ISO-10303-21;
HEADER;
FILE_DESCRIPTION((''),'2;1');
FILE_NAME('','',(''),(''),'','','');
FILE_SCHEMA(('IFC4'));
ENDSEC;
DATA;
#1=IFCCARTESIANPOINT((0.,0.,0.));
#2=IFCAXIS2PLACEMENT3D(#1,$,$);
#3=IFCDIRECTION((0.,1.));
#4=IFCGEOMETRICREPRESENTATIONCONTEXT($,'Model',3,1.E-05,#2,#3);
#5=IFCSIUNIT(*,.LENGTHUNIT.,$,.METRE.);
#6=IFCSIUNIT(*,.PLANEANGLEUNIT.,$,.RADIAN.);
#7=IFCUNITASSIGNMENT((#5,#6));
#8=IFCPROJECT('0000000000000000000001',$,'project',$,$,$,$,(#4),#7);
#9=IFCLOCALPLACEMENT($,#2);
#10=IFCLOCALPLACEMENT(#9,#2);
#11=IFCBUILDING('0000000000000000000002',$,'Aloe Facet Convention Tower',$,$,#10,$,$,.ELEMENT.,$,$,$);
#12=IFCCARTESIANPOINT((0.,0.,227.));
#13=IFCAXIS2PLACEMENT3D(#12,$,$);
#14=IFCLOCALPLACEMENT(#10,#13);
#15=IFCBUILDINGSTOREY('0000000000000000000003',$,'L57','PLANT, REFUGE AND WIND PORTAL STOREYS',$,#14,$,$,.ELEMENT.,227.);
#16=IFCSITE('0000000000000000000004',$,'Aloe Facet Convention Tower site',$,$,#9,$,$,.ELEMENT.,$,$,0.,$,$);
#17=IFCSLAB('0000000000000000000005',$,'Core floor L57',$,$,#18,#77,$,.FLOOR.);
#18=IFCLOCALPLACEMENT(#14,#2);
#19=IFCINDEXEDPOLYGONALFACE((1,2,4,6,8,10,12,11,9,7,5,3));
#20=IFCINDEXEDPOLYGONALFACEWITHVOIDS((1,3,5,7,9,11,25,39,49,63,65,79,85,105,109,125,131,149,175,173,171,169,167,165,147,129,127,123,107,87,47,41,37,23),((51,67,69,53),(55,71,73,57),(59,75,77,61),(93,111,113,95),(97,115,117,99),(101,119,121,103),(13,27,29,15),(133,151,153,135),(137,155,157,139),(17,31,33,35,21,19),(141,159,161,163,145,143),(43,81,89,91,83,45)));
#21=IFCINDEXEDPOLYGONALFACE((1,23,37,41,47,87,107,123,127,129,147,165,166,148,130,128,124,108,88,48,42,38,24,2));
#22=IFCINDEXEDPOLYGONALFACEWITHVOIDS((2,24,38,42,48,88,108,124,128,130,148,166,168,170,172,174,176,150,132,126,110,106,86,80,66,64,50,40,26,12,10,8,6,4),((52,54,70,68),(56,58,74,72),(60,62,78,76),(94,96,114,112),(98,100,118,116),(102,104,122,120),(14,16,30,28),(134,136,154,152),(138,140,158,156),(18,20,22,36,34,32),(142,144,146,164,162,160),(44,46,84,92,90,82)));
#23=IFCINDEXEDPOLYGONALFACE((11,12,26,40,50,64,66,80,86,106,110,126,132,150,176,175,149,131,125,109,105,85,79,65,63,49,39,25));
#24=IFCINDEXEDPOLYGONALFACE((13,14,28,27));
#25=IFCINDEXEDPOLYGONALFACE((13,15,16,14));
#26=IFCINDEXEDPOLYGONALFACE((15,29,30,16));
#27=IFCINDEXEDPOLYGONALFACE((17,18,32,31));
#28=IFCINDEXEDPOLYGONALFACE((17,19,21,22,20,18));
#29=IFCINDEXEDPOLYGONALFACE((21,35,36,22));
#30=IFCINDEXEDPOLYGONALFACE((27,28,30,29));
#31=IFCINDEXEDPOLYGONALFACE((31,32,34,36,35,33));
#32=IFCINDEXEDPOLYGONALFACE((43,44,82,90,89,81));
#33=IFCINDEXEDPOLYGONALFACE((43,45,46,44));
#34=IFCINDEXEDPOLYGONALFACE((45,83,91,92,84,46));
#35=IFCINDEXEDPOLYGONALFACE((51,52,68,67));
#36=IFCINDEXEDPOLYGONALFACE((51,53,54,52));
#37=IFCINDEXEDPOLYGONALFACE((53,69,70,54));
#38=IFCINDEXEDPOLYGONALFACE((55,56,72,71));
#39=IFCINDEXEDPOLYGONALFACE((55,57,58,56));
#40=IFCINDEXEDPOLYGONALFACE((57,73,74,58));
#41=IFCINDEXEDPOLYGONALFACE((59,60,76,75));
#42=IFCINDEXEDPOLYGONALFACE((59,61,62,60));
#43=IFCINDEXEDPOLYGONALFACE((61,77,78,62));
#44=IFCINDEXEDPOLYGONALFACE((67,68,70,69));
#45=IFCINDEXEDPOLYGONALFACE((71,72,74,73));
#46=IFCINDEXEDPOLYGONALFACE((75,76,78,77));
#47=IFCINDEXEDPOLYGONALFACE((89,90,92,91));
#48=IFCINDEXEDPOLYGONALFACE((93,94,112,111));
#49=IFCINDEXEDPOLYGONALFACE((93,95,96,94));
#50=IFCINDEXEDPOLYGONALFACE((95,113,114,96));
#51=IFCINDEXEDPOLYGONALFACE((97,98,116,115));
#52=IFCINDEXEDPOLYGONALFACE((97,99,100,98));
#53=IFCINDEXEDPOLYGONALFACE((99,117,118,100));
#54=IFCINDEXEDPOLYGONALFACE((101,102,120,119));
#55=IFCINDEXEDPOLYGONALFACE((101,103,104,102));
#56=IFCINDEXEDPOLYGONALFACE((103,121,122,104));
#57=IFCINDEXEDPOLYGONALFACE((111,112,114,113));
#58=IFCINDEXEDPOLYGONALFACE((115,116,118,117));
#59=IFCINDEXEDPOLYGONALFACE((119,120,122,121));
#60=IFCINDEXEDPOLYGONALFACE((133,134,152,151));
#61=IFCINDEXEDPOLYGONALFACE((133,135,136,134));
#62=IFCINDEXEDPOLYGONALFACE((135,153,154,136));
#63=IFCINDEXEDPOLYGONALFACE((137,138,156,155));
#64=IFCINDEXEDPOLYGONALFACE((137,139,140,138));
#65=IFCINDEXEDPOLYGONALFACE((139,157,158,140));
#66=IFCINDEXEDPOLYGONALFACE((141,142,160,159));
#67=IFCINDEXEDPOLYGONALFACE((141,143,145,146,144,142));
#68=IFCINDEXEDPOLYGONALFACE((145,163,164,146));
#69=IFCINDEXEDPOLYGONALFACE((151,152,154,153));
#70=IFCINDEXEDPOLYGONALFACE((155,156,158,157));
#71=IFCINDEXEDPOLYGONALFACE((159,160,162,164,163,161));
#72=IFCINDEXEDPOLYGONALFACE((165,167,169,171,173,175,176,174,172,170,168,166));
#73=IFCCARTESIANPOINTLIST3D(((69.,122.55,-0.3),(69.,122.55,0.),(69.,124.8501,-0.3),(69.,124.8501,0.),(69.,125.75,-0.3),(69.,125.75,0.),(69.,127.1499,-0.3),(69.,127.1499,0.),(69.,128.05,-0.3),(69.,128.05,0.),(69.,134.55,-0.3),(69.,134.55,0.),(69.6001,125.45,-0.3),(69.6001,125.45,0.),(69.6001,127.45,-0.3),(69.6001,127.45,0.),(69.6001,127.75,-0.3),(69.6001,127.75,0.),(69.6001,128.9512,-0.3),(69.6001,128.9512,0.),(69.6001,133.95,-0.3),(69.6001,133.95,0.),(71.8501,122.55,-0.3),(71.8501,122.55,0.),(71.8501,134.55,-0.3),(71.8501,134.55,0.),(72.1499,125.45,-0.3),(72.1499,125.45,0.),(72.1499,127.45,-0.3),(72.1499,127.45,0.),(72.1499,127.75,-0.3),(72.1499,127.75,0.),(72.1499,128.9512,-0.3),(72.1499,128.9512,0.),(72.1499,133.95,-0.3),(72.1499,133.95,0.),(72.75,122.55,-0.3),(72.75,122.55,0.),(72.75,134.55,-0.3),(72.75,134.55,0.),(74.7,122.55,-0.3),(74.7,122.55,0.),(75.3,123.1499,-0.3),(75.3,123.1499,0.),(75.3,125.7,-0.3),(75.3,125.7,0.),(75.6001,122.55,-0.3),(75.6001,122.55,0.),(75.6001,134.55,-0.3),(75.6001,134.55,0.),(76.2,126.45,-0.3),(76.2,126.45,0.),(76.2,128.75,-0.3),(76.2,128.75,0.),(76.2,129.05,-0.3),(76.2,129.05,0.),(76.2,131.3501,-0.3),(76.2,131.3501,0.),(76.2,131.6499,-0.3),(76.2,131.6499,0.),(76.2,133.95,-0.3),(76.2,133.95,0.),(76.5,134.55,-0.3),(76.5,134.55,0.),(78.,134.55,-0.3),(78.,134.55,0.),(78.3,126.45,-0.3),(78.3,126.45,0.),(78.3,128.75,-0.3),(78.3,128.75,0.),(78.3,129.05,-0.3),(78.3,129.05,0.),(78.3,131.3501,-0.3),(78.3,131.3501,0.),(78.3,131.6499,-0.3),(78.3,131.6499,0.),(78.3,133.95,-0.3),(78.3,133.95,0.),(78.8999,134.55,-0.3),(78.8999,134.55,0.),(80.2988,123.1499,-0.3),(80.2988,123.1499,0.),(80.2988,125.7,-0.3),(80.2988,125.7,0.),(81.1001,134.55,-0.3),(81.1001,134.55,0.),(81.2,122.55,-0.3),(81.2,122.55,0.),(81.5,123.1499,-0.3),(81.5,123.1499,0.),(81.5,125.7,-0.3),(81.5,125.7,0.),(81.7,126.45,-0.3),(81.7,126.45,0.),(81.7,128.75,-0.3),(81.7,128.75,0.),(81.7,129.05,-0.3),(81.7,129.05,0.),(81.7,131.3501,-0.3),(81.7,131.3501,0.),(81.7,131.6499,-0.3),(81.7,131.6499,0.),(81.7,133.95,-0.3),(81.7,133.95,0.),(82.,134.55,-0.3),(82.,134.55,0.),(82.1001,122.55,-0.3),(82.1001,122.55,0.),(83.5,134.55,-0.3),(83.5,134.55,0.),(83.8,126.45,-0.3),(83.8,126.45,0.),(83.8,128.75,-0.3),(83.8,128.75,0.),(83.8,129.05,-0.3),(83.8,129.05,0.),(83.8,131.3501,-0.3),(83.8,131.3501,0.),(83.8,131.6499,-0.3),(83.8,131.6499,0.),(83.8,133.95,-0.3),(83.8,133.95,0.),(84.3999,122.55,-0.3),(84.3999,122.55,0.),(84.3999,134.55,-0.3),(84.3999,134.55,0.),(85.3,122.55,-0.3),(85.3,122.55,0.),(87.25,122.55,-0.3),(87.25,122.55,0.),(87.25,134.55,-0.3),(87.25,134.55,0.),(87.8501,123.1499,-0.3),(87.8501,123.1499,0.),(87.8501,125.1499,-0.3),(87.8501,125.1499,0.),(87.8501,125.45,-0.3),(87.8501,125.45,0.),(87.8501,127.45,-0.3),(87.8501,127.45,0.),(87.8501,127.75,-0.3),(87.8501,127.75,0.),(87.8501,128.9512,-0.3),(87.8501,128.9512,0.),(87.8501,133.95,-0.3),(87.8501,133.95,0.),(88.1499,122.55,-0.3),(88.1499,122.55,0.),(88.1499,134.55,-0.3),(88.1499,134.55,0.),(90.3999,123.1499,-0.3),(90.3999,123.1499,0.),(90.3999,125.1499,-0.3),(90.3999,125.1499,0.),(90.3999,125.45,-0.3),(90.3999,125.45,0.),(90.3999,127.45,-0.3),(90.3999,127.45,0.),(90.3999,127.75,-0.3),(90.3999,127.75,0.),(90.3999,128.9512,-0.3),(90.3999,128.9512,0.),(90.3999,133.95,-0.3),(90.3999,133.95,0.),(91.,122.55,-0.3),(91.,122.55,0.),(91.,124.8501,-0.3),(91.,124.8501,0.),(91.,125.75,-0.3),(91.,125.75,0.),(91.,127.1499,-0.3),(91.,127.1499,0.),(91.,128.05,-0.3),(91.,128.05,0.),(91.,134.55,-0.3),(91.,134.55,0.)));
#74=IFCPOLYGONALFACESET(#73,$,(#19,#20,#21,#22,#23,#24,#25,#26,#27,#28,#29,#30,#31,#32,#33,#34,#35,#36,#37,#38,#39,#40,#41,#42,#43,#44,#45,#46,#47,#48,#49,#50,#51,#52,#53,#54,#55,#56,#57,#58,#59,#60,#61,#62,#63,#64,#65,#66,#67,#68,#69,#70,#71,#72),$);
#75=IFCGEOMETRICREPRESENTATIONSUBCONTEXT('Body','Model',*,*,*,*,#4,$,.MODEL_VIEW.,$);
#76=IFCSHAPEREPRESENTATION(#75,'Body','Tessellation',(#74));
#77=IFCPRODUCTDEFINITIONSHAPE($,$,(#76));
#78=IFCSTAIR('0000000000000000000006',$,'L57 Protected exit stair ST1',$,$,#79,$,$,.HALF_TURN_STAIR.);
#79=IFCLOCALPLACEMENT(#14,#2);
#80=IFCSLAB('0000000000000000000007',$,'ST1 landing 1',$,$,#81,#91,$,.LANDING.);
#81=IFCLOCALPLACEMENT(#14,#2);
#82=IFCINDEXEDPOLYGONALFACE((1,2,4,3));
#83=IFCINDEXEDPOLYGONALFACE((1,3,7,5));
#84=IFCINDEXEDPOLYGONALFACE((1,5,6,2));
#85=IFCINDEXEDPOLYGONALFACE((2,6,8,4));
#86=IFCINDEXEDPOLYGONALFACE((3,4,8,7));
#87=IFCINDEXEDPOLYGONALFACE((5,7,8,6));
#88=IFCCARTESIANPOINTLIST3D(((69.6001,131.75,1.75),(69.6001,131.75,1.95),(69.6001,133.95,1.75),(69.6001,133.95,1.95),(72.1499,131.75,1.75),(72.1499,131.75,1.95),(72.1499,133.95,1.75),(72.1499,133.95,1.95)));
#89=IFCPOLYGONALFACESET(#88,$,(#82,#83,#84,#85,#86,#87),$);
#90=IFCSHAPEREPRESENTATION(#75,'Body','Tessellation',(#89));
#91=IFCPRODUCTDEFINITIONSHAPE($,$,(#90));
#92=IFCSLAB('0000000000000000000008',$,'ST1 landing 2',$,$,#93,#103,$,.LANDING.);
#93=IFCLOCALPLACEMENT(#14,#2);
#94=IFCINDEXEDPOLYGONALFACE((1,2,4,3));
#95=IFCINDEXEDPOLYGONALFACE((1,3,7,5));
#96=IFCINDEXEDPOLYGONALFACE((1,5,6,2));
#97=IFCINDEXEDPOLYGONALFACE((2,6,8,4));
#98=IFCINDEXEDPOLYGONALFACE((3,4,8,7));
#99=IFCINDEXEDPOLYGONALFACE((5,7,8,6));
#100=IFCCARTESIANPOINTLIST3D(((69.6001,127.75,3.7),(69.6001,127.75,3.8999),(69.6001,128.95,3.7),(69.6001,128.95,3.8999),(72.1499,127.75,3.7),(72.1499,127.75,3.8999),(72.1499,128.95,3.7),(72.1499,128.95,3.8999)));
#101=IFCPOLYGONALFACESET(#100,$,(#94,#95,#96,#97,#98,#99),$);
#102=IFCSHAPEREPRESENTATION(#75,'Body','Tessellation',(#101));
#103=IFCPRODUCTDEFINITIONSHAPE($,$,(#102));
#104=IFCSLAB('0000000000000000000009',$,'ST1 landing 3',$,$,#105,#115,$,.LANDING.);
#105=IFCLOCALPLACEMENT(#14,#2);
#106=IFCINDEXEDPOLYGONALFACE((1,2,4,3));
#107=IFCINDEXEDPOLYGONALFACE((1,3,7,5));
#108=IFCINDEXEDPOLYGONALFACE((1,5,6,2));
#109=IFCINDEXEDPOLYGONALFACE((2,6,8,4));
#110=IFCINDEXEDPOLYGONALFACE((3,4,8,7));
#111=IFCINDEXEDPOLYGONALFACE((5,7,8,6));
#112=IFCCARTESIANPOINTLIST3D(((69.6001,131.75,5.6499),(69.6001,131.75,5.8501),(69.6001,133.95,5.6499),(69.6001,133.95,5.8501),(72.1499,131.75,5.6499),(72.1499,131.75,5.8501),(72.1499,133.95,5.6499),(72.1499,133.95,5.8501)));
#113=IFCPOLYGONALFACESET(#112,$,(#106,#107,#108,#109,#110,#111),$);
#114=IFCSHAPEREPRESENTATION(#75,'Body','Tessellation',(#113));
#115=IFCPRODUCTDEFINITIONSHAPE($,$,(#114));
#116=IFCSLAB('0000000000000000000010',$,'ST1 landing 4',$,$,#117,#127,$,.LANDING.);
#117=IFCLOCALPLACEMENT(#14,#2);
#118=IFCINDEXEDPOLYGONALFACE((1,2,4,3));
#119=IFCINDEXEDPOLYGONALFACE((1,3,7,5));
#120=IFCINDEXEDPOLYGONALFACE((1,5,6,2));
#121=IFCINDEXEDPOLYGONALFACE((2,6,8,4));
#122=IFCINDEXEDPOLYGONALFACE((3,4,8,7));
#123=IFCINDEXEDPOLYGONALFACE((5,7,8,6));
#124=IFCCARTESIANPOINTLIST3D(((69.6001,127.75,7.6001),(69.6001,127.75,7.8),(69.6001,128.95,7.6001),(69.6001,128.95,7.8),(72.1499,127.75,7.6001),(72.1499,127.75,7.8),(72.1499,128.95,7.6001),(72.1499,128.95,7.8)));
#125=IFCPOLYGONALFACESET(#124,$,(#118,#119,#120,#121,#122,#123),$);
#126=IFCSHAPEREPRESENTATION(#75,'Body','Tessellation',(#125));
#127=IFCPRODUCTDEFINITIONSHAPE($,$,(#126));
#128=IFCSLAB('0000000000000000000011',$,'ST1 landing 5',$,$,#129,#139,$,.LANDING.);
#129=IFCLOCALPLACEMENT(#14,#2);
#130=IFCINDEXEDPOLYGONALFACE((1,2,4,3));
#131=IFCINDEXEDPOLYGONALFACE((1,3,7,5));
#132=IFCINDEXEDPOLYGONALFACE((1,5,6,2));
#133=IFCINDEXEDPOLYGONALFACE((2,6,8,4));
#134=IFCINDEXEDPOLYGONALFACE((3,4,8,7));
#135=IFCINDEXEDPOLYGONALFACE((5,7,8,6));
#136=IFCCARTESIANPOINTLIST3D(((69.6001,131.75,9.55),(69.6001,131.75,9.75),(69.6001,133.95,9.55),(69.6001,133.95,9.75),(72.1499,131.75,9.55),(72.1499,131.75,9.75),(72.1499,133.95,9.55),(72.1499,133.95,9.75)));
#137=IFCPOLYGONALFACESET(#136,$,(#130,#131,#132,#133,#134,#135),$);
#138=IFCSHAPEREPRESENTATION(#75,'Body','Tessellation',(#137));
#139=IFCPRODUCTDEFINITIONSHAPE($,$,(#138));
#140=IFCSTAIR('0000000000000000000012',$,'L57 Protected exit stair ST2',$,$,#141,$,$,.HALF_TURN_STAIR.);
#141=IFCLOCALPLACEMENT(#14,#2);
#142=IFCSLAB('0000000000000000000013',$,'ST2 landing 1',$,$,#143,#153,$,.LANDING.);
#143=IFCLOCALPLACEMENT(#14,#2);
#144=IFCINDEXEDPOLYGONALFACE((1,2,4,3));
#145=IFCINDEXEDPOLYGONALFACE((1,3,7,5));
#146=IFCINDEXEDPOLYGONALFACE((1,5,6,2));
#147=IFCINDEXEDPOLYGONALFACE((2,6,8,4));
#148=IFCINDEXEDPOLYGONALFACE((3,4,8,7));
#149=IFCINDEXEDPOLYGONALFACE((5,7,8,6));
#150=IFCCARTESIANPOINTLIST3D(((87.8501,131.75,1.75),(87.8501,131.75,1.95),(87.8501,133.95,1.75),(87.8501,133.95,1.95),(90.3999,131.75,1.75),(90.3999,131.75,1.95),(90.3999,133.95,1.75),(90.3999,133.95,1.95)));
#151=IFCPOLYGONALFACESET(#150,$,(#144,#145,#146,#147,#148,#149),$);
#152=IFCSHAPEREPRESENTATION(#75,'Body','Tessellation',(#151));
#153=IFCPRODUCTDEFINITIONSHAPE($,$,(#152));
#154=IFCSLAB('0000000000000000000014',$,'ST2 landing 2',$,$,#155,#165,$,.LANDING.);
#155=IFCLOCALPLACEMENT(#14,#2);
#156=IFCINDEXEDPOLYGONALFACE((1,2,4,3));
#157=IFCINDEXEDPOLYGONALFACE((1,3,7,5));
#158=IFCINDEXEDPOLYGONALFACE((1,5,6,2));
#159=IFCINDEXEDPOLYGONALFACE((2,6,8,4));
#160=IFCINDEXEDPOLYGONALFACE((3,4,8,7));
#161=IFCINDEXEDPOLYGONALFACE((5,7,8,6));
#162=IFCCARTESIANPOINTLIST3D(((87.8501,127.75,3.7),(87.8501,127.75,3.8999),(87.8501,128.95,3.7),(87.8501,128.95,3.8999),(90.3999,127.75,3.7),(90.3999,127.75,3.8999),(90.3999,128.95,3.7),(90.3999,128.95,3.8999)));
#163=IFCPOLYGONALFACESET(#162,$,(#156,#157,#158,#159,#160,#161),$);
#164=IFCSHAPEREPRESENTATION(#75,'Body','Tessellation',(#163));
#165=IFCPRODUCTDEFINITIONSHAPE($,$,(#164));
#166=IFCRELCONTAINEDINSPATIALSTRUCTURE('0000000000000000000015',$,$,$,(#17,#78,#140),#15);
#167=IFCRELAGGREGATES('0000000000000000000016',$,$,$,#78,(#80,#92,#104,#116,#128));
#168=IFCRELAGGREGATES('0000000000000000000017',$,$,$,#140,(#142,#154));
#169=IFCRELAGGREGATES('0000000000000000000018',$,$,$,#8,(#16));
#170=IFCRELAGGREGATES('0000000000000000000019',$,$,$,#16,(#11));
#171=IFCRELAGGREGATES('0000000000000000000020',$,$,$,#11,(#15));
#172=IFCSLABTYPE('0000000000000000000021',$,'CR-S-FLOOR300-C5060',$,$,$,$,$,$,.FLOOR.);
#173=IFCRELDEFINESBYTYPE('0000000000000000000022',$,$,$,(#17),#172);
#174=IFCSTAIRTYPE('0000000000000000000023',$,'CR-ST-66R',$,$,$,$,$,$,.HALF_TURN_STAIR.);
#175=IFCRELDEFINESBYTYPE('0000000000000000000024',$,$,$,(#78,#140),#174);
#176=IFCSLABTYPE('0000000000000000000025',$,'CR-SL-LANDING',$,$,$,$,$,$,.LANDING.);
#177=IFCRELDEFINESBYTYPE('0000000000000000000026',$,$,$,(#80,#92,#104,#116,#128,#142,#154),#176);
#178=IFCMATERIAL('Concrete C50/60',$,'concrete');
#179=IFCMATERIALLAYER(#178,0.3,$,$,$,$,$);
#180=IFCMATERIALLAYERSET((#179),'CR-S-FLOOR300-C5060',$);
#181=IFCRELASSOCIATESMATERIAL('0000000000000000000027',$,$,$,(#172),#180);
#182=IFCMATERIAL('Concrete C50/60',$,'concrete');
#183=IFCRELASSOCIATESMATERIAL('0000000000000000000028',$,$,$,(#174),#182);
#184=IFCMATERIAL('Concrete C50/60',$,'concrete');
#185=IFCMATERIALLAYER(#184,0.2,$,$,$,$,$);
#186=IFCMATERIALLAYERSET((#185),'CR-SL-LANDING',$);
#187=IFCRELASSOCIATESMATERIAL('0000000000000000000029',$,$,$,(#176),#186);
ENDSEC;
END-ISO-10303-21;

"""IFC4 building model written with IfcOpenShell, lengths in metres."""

from ifc_helpers import new_model, si_unit, direction, frame, origin, place, context, subcontext, project, spatial, polyline, outline, extrude, material, layer, layer_set, type_object, element, aggregate, save


model = new_model("IFC4")

# Units and contexts
model_context = context("Model", 3, precision=1e-05, world=origin(), true_north=direction((0.0, 1.0)))
body_context = subcontext(model_context, "Body", "Model", "MODEL_VIEW")
ifc_project = project(units=[si_unit("LENGTHUNIT", "METRE"), si_unit("PLANEANGLEUNIT", "RADIAN")], contexts=[model_context])

# Site, building, storey
site_placement = place(None, origin())
site = spatial("IfcSite", under=ifc_project, at=site_placement, Name="Aloe Facet Convention Tower site", CompositionType="ELEMENT", RefElevation=0.0)
building_placement = place(site_placement, origin())
building = spatial("IfcBuilding", under=site, at=building_placement, Name="Aloe Facet Convention Tower", CompositionType="ELEMENT")
storey_placement = place(building_placement, frame((0.0, 0.0, 227.0)))
storey = spatial("IfcBuildingStorey", under=building, at=storey_placement, Name="L57", Description="PLANT, REFUGE AND WIND PORTAL STOREYS", CompositionType="ELEMENT", Elevation=227.0)

# Slab
ifc_material_1 = material(Name="Concrete C50/60", Category="concrete")
ifc_layer_1 = layer(ifc_material_1, 0.3)
ifc_layer_set_1 = layer_set([ifc_layer_1], Name="CR-S-FLOOR300-C5060")
slab_type_1 = type_object("IfcSlabType", Name="CR-S-FLOOR300-C5060", PredefinedType="FLOOR", material=ifc_layer_set_1)
slab_1_placement = place(storey_placement, frame((0.0, 0.0, -0.3)))
element("IfcSlab", 1, at=slab_1_placement, inside=storey, type_object=slab_type_1, Name="Core floor L57", PredefinedType="FLOOR", context=body_context, shape_type="SweptSolid", body=[
    extrude(outline(polyline([(71.8501, 134.55), (72.75, 134.55), (75.6001, 134.55), (76.5, 134.55), (78.0, 134.55), (78.8999, 134.55), (81.1001, 134.55), (82.0, 134.55), (83.5, 134.55), (84.3999, 134.55), (87.25, 134.55), (88.1499, 134.55), (91.0, 134.55), (91.0, 128.05), (91.0, 127.1499), (91.0, 125.75), (91.0, 124.8501), (91.0, 122.55), (88.1499, 122.55), (87.25, 122.55), (85.3, 122.55), (84.3999, 122.55), (82.1001, 122.55), (81.2, 122.55), (75.6001, 122.55), (74.7, 122.55), (72.75, 122.55), (71.8501, 122.55), (69.0, 122.55), (69.0, 124.8501), (69.0, 125.75), (69.0, 127.1499), (69.0, 128.05), (69.0, 134.55), (71.8501, 134.55)]), holes=[polyline([(80.2988, 123.1499), (81.5, 123.1499), (81.5, 125.7), (80.2988, 125.7), (75.3, 125.7), (75.3, 123.1499), (80.2988, 123.1499)]), polyline([(69.6001, 125.45), (72.1499, 125.45), (72.1499, 127.45), (69.6001, 127.45), (69.6001, 125.45)]), polyline([(76.2, 126.45), (78.3, 126.45), (78.3, 128.75), (76.2, 128.75), (76.2, 126.45)]), polyline([(78.3, 129.05), (78.3, 131.3501), (76.2, 131.3501), (76.2, 129.05), (78.3, 129.05)]), polyline([(69.6001, 133.95), (69.6001, 128.9512), (69.6001, 127.75), (72.1499, 127.75), (72.1499, 128.9512), (72.1499, 133.95), (69.6001, 133.95)]), polyline([(76.2, 131.6499), (78.3, 131.6499), (78.3, 133.95), (76.2, 133.95), (76.2, 131.6499)]), polyline([(90.3999, 123.1499), (90.3999, 125.1499), (87.8501, 125.1499), (87.8501, 123.1499), (90.3999, 123.1499)]), polyline([(87.8501, 125.45), (90.3999, 125.45), (90.3999, 127.45), (87.8501, 127.45), (87.8501, 125.45)]), polyline([(81.7, 126.45), (83.8, 126.45), (83.8, 128.75), (81.7, 128.75), (81.7, 126.45)]), polyline([(83.8, 129.05), (83.8, 131.3501), (81.7, 131.3501), (81.7, 129.05), (83.8, 129.05)]), polyline([(87.8501, 133.95), (87.8501, 128.9512), (87.8501, 127.75), (90.3999, 127.75), (90.3999, 128.9512), (90.3999, 133.95), (87.8501, 133.95)]), polyline([(81.7, 131.6499), (83.8, 131.6499), (83.8, 133.95), (81.7, 133.95), (81.7, 131.6499)])]), origin(), (0.0, 0.0, 1.0), 0.3),
])

# Stairs, slabs
ifc_material_2 = material(Name="Concrete C50/60", Category="concrete")
stair_type = type_object("IfcStairType", Name="CR-ST-66R", PredefinedType="HALF_TURN_STAIR", material=ifc_material_2)
stair_1_placement = place(storey_placement, origin())
stair_1 = element("IfcStair", 2, at=stair_1_placement, inside=storey, type_object=stair_type, Name="L57 Protected exit stair ST1", PredefinedType="HALF_TURN_STAIR")
ifc_material_3 = material(Name="Concrete C50/60", Category="concrete")
ifc_layer_2 = layer(ifc_material_3, 0.2)
ifc_layer_set_2 = layer_set([ifc_layer_2], Name="CR-SL-LANDING")
slab_type_2 = type_object("IfcSlabType", Name="CR-SL-LANDING", PredefinedType="LANDING", material=ifc_layer_set_2)
slab_2_placement = place(storey_placement, frame((0.0, 0.0, 1.75)))
slab_2 = element("IfcSlab", 3, at=slab_2_placement, type_object=slab_type_2, Name="ST1 landing 1", PredefinedType="LANDING", context=body_context, shape_type="SweptSolid", body=[
    extrude(outline(polyline([(72.1499, 131.75), (72.1499, 133.95), (69.6001, 133.95), (69.6001, 131.75), (72.1499, 131.75)])), origin(), (0.0, 0.0, 1.0), 0.2),
])
slab_3_placement = place(storey_placement, frame((0.0, 0.0, 3.7)))
slab_3 = element("IfcSlab", 4, at=slab_3_placement, type_object=slab_type_2, Name="ST1 landing 2", PredefinedType="LANDING", context=body_context, shape_type="SweptSolid", body=[
    extrude(outline(polyline([(72.1499, 127.75), (72.1499, 128.95), (69.6001, 128.95), (69.6001, 127.75), (72.1499, 127.75)])), origin(), (0.0, 0.0, 1.0), 0.2),
])
slab_4_placement = place(storey_placement, frame((0.0, 0.0, 5.6499)))
slab_4 = element("IfcSlab", 5, at=slab_4_placement, type_object=slab_type_2, Name="ST1 landing 3", PredefinedType="LANDING", context=body_context, shape_type="SweptSolid", body=[
    extrude(outline(polyline([(72.1499, 131.75), (72.1499, 133.95), (69.6001, 133.95), (69.6001, 131.75), (72.1499, 131.75)])), origin(), (0.0, 0.0, 1.0), 0.2002),
])
slab_5_placement = place(storey_placement, frame((0.0, 0.0, 7.6001)))
slab_5 = element("IfcSlab", 6, at=slab_5_placement, type_object=slab_type_2, Name="ST1 landing 4", PredefinedType="LANDING", context=body_context, shape_type="SweptSolid", body=[
    extrude(outline(polyline([(72.1499, 127.75), (72.1499, 128.95), (69.6001, 128.95), (69.6001, 127.75), (72.1499, 127.75)])), origin(), (0.0, 0.0, 1.0), 0.2),
])
slab_6_placement = place(storey_placement, frame((0.0, 0.0, 9.55)))
slab_6 = element("IfcSlab", 7, at=slab_6_placement, type_object=slab_type_2, Name="ST1 landing 5", PredefinedType="LANDING", context=body_context, shape_type="SweptSolid", body=[
    extrude(outline(polyline([(72.1499, 131.75), (72.1499, 133.95), (69.6001, 133.95), (69.6001, 131.75), (72.1499, 131.75)])), origin(), (0.0, 0.0, 1.0), 0.2),
])
aggregate(stair_1, [slab_2, slab_3, slab_4, slab_5, slab_6])
stair_2_placement = place(storey_placement, origin())
stair_2 = element("IfcStair", 8, at=stair_2_placement, inside=storey, type_object=stair_type, Name="L57 Protected exit stair ST2", PredefinedType="HALF_TURN_STAIR")
slab_7_placement = place(storey_placement, frame((0.0, 0.0, 1.75)))
slab_7 = element("IfcSlab", 9, at=slab_7_placement, type_object=slab_type_2, Name="ST2 landing 1", PredefinedType="LANDING", context=body_context, shape_type="SweptSolid", body=[
    extrude(outline(polyline([(90.3999, 131.75), (90.3999, 133.95), (87.8501, 133.95), (87.8501, 131.75), (90.3999, 131.75)])), origin(), (0.0, 0.0, 1.0), 0.2),
])
slab_8_placement = place(storey_placement, frame((0.0, 0.0, 3.7)))
slab_8 = element("IfcSlab", 10, at=slab_8_placement, type_object=slab_type_2, Name="ST2 landing 2", PredefinedType="LANDING", context=body_context, shape_type="SweptSolid", body=[
    extrude(outline(polyline([(90.3999, 127.75), (90.3999, 128.95), (87.8501, 128.95), (87.8501, 127.75), (90.3999, 127.75)])), origin(), (0.0, 0.0, 1.0), 0.2),
])
aggregate(stair_2, [slab_7, slab_8])

save(model, "model.ifc")
